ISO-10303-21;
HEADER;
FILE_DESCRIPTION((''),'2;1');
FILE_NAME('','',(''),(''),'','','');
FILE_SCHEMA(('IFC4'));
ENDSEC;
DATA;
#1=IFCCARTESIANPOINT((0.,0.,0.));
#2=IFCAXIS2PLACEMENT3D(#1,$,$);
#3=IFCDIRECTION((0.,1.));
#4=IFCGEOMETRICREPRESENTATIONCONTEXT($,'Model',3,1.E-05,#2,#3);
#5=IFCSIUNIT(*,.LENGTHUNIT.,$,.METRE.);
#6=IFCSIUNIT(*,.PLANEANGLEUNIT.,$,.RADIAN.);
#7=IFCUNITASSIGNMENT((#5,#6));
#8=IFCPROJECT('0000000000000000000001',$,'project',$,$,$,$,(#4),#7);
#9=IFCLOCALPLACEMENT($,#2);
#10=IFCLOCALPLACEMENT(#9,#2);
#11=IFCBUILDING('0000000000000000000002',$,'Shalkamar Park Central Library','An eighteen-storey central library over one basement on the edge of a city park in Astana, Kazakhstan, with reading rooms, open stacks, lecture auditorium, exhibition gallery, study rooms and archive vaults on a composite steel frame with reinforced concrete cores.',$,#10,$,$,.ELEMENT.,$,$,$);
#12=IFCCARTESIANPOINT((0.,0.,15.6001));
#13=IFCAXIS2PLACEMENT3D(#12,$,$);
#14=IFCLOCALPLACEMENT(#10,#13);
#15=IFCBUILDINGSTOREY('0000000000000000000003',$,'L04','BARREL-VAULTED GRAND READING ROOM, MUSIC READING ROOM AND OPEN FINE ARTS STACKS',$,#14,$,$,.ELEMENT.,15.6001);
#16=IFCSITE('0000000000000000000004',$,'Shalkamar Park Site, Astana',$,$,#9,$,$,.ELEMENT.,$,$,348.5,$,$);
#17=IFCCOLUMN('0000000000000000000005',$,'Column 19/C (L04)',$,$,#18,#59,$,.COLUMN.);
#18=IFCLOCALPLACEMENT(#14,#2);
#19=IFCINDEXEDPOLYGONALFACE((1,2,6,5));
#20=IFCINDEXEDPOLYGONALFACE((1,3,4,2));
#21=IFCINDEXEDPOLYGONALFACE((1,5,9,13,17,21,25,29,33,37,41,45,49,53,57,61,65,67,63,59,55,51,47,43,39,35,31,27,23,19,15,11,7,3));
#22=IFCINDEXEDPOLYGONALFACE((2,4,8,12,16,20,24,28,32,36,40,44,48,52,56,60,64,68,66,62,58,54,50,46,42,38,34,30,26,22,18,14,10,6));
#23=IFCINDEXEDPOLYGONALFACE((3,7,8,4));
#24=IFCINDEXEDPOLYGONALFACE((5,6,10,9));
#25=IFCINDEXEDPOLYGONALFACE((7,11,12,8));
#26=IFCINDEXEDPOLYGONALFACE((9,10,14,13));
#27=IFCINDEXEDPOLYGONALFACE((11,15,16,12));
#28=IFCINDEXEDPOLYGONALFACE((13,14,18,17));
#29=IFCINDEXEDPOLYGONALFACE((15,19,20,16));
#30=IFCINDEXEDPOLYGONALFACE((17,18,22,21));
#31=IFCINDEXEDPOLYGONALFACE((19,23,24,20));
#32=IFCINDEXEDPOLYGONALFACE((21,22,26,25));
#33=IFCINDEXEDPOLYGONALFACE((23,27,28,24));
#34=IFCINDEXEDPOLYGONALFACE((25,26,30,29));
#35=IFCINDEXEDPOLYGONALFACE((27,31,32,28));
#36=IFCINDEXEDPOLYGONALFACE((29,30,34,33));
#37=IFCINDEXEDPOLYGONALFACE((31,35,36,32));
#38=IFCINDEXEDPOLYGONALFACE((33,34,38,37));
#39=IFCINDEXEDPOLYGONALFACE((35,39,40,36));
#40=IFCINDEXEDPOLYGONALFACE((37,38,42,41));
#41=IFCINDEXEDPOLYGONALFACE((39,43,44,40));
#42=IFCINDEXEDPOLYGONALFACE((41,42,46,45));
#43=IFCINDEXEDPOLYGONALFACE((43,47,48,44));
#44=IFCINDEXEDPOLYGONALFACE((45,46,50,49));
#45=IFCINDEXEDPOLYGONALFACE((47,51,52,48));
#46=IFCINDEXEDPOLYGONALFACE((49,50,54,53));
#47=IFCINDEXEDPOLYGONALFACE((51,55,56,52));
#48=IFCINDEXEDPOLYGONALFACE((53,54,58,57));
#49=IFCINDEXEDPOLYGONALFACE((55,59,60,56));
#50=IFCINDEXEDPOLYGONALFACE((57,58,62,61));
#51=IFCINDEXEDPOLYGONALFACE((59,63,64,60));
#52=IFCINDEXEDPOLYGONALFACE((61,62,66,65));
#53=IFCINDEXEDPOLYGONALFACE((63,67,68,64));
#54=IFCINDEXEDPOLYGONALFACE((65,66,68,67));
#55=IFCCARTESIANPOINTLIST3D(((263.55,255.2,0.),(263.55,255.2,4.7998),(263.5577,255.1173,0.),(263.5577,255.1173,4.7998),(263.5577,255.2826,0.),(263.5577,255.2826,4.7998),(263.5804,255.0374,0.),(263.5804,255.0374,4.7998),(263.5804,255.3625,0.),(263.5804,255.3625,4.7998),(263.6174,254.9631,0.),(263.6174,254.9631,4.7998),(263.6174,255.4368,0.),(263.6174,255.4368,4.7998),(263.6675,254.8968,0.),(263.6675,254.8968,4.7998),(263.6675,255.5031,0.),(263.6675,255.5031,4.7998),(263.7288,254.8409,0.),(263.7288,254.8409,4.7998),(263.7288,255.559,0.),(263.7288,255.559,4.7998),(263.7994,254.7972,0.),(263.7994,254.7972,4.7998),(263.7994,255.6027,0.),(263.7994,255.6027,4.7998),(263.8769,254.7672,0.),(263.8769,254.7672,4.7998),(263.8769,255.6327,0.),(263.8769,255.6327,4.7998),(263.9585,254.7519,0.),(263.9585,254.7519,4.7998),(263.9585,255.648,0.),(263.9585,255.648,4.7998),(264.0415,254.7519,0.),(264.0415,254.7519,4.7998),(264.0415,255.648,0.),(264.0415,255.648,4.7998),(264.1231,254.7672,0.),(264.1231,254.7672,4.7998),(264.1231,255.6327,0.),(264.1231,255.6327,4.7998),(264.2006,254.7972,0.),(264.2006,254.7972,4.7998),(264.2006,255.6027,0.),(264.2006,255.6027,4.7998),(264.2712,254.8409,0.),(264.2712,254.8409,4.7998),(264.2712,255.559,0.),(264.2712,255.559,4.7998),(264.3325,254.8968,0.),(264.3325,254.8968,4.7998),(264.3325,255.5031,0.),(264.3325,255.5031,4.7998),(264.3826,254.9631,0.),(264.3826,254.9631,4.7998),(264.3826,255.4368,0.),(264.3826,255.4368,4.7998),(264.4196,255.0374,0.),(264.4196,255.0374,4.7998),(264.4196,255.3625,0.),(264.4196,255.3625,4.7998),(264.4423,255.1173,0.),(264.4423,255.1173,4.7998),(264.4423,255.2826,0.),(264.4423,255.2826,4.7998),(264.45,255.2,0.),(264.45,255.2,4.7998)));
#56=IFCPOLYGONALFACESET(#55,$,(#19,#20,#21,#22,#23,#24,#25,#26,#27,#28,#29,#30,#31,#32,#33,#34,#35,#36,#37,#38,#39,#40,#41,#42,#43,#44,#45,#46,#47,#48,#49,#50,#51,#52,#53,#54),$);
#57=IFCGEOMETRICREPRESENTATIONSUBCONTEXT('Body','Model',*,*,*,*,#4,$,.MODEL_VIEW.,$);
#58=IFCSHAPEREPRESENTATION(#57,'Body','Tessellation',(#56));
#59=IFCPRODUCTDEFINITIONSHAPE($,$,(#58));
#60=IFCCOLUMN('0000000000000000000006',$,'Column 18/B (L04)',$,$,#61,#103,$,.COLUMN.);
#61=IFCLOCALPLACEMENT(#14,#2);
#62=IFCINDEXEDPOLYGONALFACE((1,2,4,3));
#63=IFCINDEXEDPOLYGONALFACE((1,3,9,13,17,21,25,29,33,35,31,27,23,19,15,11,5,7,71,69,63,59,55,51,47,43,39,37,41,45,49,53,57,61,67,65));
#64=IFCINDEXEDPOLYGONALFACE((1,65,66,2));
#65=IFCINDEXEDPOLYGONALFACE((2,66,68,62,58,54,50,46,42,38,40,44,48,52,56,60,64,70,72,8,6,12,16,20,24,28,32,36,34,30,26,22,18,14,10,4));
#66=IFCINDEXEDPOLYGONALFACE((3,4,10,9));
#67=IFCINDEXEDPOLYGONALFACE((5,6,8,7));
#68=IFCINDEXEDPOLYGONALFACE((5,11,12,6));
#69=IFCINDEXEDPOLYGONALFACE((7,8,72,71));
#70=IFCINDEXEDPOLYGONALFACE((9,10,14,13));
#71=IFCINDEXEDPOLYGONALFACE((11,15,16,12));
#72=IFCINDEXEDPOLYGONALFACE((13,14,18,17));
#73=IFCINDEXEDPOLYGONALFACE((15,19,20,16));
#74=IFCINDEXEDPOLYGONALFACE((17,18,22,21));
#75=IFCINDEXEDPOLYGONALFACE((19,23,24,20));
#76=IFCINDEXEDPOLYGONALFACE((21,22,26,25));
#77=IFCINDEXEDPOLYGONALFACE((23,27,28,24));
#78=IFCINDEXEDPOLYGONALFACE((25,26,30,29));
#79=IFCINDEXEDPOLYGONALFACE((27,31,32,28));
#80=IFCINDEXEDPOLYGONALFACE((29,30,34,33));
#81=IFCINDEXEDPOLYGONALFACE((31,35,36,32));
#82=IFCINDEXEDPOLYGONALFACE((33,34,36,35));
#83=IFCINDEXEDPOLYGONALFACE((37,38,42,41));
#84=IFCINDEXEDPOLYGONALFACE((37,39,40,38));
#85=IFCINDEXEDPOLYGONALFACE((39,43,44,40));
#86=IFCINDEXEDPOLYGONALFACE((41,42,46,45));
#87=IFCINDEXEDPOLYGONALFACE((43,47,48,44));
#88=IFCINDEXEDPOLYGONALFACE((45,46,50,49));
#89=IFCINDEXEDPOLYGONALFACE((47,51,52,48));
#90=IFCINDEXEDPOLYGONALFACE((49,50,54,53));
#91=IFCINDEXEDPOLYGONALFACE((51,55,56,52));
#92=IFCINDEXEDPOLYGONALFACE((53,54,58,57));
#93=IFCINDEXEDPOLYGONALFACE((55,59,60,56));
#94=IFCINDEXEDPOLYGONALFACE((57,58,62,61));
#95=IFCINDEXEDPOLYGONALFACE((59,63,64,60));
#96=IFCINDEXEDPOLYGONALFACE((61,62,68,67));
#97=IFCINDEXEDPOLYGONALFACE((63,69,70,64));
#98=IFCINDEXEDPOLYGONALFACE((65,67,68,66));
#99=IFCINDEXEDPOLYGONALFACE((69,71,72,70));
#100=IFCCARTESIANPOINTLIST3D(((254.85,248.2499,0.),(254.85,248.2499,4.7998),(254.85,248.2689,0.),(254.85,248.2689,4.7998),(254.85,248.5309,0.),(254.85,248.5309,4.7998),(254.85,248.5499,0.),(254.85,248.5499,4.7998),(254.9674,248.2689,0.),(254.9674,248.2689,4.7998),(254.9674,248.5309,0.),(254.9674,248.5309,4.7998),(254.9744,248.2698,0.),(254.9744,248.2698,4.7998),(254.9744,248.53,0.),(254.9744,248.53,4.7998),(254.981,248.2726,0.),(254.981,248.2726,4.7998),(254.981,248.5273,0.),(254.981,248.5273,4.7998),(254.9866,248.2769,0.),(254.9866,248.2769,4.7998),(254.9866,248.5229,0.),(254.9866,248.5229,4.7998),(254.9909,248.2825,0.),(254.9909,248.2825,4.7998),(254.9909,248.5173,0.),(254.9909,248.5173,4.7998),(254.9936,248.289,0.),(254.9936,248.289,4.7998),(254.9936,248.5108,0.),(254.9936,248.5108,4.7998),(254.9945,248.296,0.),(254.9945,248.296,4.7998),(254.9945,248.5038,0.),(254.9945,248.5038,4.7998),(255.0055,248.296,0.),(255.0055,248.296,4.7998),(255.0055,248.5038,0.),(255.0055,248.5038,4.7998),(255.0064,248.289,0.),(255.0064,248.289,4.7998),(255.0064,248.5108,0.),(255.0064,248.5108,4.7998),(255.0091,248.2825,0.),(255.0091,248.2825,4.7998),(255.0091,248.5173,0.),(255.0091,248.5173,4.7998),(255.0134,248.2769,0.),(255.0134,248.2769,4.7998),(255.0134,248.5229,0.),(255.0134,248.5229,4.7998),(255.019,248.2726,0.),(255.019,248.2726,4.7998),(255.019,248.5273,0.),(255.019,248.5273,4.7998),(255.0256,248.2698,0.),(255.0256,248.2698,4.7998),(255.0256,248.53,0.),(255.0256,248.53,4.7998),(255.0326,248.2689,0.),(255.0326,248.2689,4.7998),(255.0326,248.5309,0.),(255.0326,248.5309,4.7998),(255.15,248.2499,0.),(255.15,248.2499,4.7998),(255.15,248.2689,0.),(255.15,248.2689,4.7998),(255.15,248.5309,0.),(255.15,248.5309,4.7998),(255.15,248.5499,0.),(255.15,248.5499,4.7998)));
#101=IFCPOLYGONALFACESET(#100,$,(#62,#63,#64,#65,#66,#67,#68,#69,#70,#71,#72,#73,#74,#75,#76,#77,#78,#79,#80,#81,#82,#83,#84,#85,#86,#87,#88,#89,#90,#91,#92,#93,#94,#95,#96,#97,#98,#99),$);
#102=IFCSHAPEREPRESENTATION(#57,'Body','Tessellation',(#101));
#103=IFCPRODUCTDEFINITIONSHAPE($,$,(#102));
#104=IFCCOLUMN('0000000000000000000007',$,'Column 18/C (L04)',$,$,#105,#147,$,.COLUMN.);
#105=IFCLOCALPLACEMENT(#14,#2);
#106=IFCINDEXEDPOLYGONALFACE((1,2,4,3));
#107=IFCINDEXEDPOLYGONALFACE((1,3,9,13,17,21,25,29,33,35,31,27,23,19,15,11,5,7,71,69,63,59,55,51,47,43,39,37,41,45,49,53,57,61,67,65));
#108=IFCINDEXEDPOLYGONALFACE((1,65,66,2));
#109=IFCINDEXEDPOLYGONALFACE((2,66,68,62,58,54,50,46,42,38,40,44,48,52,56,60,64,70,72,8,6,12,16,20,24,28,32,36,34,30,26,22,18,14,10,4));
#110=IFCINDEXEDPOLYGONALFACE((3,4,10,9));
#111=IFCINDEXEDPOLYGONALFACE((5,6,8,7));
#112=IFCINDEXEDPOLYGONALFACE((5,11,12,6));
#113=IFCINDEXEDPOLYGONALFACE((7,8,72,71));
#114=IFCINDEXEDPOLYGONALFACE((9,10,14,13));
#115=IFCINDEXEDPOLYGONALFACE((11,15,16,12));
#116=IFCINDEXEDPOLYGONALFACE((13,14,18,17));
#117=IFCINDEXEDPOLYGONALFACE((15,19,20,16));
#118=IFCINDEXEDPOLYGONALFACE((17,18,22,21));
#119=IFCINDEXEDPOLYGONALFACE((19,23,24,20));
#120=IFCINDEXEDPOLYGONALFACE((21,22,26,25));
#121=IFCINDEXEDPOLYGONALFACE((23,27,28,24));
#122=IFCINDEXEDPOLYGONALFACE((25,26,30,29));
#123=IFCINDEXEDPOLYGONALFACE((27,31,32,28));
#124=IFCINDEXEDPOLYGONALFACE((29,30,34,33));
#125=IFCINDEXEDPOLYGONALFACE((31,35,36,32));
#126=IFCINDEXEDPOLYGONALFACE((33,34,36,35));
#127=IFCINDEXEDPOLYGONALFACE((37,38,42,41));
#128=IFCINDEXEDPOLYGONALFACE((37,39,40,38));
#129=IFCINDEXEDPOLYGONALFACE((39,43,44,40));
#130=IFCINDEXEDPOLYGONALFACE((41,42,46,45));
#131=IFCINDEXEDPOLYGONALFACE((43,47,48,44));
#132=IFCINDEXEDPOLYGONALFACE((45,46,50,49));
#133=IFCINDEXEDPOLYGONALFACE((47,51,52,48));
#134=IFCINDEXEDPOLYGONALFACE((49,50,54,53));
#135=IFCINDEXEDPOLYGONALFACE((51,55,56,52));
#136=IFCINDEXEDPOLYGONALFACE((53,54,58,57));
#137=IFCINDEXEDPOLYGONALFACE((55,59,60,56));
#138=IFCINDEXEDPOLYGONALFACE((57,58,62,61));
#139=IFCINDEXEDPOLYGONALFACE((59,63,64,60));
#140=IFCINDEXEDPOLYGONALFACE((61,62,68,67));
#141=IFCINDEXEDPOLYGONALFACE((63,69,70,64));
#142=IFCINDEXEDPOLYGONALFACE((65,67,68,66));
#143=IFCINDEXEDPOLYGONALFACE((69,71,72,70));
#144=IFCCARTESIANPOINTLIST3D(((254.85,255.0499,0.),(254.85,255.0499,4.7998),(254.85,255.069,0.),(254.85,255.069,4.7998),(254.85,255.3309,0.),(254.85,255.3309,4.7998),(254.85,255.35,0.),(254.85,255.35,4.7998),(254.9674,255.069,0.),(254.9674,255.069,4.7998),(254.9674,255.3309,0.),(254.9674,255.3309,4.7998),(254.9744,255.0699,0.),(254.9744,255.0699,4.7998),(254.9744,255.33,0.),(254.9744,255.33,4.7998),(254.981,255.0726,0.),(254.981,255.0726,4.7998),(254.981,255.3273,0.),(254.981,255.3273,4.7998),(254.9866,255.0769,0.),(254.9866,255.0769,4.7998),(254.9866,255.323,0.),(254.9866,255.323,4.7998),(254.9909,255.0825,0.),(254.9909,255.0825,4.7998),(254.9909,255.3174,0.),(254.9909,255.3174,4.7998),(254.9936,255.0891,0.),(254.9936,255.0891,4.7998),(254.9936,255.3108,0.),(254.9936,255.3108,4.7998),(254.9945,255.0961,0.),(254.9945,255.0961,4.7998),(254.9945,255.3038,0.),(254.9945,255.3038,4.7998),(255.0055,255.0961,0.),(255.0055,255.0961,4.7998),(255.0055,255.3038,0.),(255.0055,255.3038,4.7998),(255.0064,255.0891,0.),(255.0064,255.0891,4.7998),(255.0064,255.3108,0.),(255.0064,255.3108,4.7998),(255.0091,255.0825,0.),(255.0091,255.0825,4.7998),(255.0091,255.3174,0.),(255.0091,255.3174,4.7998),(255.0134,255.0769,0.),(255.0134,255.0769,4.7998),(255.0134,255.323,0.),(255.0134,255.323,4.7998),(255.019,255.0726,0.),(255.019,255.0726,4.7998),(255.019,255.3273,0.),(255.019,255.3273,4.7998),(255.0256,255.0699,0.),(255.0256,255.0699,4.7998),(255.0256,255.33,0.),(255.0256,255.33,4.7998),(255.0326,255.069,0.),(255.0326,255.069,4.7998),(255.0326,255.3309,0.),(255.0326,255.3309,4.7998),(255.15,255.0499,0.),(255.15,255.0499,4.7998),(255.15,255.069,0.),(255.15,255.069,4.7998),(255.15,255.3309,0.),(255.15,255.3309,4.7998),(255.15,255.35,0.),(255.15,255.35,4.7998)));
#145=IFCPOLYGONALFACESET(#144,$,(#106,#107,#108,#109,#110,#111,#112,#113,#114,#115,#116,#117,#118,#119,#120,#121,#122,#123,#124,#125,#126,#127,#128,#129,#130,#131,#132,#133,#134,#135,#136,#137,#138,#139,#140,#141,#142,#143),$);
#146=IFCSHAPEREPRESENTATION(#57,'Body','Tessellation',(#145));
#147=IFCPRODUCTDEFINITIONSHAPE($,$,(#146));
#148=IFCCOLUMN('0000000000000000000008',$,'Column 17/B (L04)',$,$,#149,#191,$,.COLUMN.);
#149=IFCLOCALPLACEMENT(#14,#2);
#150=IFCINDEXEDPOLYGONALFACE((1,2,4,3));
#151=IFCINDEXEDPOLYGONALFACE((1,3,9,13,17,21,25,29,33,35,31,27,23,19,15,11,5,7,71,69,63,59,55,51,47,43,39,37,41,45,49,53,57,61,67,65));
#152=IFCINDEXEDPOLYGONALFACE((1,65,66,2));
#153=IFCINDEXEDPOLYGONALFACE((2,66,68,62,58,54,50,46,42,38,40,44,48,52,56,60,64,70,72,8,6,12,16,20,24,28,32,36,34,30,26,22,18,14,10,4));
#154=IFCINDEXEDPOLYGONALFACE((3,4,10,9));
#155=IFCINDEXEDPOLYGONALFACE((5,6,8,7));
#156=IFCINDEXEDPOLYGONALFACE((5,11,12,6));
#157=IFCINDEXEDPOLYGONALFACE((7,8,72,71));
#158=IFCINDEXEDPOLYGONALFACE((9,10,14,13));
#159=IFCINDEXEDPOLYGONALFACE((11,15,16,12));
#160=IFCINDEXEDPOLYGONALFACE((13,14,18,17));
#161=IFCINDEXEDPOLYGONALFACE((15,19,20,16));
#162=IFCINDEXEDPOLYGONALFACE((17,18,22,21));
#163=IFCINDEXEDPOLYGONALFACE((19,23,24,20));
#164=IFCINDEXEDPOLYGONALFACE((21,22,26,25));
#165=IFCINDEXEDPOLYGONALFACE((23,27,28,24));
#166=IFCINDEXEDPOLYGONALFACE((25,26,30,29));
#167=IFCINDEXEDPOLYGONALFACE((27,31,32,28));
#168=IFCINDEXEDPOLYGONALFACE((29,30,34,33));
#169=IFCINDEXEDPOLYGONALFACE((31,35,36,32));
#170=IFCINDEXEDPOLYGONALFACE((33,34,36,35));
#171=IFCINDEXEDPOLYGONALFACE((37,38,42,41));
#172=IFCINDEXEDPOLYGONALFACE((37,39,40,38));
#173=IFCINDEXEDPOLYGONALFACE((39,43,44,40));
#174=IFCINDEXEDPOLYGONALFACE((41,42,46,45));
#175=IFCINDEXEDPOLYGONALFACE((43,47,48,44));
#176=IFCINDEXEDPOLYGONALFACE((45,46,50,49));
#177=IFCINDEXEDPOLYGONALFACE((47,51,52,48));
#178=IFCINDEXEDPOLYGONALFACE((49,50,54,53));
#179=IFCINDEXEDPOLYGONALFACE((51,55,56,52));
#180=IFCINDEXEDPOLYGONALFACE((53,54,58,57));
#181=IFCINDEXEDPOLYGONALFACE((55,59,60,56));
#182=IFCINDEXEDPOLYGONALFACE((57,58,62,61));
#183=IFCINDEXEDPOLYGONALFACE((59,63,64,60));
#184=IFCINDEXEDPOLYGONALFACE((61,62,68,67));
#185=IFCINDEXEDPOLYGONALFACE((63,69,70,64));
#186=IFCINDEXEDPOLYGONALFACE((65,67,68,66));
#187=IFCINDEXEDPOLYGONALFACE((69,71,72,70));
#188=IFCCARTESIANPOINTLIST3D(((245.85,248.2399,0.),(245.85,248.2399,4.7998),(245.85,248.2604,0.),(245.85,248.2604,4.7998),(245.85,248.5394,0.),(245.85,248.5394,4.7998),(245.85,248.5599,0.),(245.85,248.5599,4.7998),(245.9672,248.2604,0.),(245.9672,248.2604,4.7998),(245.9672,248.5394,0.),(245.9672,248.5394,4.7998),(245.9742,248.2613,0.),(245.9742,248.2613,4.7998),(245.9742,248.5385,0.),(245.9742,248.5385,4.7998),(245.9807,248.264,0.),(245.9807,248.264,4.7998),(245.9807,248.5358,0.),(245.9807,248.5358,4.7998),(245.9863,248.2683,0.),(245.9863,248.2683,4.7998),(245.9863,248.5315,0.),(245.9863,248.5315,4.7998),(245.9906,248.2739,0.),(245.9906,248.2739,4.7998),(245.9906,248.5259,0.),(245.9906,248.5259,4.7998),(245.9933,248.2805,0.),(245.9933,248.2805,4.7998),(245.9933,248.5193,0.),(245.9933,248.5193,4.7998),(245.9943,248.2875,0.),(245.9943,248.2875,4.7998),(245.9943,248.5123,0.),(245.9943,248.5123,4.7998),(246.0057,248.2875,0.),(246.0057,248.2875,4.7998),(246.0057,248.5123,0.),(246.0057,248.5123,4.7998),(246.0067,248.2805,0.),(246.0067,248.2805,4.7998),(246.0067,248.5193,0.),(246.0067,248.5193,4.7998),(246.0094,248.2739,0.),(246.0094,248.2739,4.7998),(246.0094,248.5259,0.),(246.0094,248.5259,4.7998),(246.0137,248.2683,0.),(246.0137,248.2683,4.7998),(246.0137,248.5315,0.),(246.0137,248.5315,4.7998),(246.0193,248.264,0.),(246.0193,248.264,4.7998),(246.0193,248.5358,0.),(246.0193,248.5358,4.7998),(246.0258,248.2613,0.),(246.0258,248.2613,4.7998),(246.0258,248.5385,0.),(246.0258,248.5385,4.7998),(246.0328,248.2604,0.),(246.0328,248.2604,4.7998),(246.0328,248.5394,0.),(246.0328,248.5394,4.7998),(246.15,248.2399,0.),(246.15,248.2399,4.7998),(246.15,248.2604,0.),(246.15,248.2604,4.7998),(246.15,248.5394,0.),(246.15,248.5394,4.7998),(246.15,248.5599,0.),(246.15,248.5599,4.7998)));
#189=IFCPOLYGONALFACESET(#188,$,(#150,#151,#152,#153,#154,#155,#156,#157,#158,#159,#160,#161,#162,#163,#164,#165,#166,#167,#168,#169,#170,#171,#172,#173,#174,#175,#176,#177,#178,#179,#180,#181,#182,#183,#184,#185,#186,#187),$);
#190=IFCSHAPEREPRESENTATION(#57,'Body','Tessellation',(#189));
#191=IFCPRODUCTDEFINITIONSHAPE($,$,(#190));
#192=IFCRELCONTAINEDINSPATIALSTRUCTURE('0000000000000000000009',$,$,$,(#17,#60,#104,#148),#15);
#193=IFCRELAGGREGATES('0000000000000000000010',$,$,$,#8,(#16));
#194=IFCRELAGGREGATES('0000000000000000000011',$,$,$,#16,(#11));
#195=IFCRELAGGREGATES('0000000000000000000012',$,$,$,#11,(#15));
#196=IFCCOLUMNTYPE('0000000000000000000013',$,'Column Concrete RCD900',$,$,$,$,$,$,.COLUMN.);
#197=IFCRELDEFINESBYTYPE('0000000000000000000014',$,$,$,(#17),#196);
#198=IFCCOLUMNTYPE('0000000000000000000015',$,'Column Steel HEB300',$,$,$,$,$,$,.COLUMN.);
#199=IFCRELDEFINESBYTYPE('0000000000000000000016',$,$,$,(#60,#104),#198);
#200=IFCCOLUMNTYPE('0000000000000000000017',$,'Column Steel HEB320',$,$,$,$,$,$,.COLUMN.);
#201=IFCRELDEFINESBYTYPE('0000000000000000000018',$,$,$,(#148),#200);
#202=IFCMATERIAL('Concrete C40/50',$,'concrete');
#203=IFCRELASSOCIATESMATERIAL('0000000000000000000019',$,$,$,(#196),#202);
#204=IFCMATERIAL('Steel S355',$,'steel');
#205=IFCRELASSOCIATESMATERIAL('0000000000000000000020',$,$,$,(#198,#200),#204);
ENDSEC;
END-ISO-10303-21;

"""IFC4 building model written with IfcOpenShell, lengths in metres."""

from ifc_helpers import new_model, si_unit, direction, frame, origin, origin_2d, place, context, subcontext, project, spatial, circle, i_section, extrude, material, material_profile, profile_set, type_object, element, save


model = new_model("IFC4")

# Units and contexts
model_context = context("Model", 3, precision=1e-05, world=origin(), true_north=direction((0.0, 1.0)))
body_context = subcontext(model_context, "Body", "Model", "MODEL_VIEW")
ifc_project = project(units=[si_unit("LENGTHUNIT", "METRE"), si_unit("PLANEANGLEUNIT", "RADIAN")], contexts=[model_context])

# Site, building, storey
site_placement = place(None, origin())
site = spatial("IfcSite", under=ifc_project, at=site_placement, Name="Shalkamar Park Site, Astana", CompositionType="ELEMENT", RefElevation=348.5)
building_placement = place(site_placement, origin())
building = spatial("IfcBuilding", under=site, at=building_placement, Name="Shalkamar Park Central Library", Description="An eighteen-storey central library over one basement on the edge of a city park in Astana, Kazakhstan, with reading rooms, open stacks, lecture auditorium, exhibition gallery, study rooms and archive vaults on a composite steel frame with reinforced concrete cores.", CompositionType="ELEMENT")
storey_placement = place(building_placement, frame((0.0, 0.0, 15.6001)))
storey = spatial("IfcBuildingStorey", under=building, at=storey_placement, Name="L04", Description="BARREL-VAULTED GRAND READING ROOM, MUSIC READING ROOM AND OPEN FINE ARTS STACKS", CompositionType="ELEMENT", Elevation=15.6001)

# Columns
ifc_material_1 = material(Name="Concrete C40/50", Category="concrete")
ifc_material_profile_1 = material_profile(ifc_material_1, circle(Radius=0.45, at=origin_2d()), Name="RC D900")
ifc_profile_set_1 = profile_set([ifc_material_profile_1], Name="Concrete C40/50")
column_type_1 = type_object("IfcColumnType", Name="Column Concrete RCD900", PredefinedType="COLUMN", material=ifc_profile_set_1)
column_placement = place(storey_placement, frame((264.0, 255.2, 0.0), z_axis=(0.0, 0.0, 1.0), x_axis=(1.0, 0.0, 0.0)))
element("IfcColumn", 1, at=column_placement, inside=storey, type_object=column_type_1, Name="Column 19/C (L04)", PredefinedType="COLUMN", context=body_context, shape_type="SweptSolid", body=[
    extrude(circle(Radius=0.45, at=origin_2d()), origin(), (0.0, 0.0, 1.0), 4.7998),
])
ifc_material_2 = material(Name="Steel S355", Category="steel")
ifc_material_profile_2 = material_profile(ifc_material_2, i_section(OverallWidth=0.3, OverallDepth=0.3, WebThickness=0.011, FlangeThickness=0.019, FilletRadius=0.0271, at=origin_2d()), Name="HEB 300")
ifc_profile_set_2 = profile_set([ifc_material_profile_2], Name="Steel S355")
column_type_2 = type_object("IfcColumnType", Name="Column Steel HEB300", PredefinedType="COLUMN", material=ifc_profile_set_2)
for number, where, z_axis, x_axis, name in (
    (2, (255.0, 248.3999, 0.0), (0.0, 0.0, 1.0), (1.0, 0.0, 0.0), "Column 18/B (L04)"),
    (3, (255.0, 255.2, 0.0), (0.0, 0.0, 1.0), (1.0, 0.0, 0.0), "Column 18/C (L04)"),
):
    element("IfcColumn", number, at=place(storey_placement, frame(where, z_axis=z_axis, x_axis=x_axis)), inside=storey, type_object=column_type_2, Name=name, PredefinedType="COLUMN", context=body_context, shape_type="SweptSolid", body=[
        extrude(i_section(OverallWidth=0.3, OverallDepth=0.3, WebThickness=0.011, FlangeThickness=0.019, FilletRadius=0.0271, at=origin_2d()), origin(), (0.0, 0.0, 1.0), 4.7998),
    ])
ifc_material_profile_3 = material_profile(ifc_material_2, i_section(OverallWidth=0.3, OverallDepth=0.3201, WebThickness=0.0115, FlangeThickness=0.0205, FilletRadius=0.0271, at=origin_2d()), Name="HEB 320")
ifc_profile_set_3 = profile_set([ifc_material_profile_3], Name="Steel S355")
column_type_3 = type_object("IfcColumnType", Name="Column Steel HEB320", PredefinedType="COLUMN", material=ifc_profile_set_3)
for number, where, z_axis, x_axis, name in (
    (4, (246.0, 248.3999, 0.0), (0.0, 0.0, 1.0), (1.0, 0.0, 0.0), "Column 17/B (L04)"),
):
    element("IfcColumn", number, at=place(storey_placement, frame(where, z_axis=z_axis, x_axis=x_axis)), inside=storey, type_object=column_type_3, Name=name, PredefinedType="COLUMN", context=body_context, shape_type="SweptSolid", body=[
        extrude(i_section(OverallWidth=0.3, OverallDepth=0.3201, WebThickness=0.0115, FlangeThickness=0.0205, FilletRadius=0.0271, at=origin_2d()), origin(), (0.0, 0.0, 1.0), 4.7998),
    ])

save(model, "model.ifc")
